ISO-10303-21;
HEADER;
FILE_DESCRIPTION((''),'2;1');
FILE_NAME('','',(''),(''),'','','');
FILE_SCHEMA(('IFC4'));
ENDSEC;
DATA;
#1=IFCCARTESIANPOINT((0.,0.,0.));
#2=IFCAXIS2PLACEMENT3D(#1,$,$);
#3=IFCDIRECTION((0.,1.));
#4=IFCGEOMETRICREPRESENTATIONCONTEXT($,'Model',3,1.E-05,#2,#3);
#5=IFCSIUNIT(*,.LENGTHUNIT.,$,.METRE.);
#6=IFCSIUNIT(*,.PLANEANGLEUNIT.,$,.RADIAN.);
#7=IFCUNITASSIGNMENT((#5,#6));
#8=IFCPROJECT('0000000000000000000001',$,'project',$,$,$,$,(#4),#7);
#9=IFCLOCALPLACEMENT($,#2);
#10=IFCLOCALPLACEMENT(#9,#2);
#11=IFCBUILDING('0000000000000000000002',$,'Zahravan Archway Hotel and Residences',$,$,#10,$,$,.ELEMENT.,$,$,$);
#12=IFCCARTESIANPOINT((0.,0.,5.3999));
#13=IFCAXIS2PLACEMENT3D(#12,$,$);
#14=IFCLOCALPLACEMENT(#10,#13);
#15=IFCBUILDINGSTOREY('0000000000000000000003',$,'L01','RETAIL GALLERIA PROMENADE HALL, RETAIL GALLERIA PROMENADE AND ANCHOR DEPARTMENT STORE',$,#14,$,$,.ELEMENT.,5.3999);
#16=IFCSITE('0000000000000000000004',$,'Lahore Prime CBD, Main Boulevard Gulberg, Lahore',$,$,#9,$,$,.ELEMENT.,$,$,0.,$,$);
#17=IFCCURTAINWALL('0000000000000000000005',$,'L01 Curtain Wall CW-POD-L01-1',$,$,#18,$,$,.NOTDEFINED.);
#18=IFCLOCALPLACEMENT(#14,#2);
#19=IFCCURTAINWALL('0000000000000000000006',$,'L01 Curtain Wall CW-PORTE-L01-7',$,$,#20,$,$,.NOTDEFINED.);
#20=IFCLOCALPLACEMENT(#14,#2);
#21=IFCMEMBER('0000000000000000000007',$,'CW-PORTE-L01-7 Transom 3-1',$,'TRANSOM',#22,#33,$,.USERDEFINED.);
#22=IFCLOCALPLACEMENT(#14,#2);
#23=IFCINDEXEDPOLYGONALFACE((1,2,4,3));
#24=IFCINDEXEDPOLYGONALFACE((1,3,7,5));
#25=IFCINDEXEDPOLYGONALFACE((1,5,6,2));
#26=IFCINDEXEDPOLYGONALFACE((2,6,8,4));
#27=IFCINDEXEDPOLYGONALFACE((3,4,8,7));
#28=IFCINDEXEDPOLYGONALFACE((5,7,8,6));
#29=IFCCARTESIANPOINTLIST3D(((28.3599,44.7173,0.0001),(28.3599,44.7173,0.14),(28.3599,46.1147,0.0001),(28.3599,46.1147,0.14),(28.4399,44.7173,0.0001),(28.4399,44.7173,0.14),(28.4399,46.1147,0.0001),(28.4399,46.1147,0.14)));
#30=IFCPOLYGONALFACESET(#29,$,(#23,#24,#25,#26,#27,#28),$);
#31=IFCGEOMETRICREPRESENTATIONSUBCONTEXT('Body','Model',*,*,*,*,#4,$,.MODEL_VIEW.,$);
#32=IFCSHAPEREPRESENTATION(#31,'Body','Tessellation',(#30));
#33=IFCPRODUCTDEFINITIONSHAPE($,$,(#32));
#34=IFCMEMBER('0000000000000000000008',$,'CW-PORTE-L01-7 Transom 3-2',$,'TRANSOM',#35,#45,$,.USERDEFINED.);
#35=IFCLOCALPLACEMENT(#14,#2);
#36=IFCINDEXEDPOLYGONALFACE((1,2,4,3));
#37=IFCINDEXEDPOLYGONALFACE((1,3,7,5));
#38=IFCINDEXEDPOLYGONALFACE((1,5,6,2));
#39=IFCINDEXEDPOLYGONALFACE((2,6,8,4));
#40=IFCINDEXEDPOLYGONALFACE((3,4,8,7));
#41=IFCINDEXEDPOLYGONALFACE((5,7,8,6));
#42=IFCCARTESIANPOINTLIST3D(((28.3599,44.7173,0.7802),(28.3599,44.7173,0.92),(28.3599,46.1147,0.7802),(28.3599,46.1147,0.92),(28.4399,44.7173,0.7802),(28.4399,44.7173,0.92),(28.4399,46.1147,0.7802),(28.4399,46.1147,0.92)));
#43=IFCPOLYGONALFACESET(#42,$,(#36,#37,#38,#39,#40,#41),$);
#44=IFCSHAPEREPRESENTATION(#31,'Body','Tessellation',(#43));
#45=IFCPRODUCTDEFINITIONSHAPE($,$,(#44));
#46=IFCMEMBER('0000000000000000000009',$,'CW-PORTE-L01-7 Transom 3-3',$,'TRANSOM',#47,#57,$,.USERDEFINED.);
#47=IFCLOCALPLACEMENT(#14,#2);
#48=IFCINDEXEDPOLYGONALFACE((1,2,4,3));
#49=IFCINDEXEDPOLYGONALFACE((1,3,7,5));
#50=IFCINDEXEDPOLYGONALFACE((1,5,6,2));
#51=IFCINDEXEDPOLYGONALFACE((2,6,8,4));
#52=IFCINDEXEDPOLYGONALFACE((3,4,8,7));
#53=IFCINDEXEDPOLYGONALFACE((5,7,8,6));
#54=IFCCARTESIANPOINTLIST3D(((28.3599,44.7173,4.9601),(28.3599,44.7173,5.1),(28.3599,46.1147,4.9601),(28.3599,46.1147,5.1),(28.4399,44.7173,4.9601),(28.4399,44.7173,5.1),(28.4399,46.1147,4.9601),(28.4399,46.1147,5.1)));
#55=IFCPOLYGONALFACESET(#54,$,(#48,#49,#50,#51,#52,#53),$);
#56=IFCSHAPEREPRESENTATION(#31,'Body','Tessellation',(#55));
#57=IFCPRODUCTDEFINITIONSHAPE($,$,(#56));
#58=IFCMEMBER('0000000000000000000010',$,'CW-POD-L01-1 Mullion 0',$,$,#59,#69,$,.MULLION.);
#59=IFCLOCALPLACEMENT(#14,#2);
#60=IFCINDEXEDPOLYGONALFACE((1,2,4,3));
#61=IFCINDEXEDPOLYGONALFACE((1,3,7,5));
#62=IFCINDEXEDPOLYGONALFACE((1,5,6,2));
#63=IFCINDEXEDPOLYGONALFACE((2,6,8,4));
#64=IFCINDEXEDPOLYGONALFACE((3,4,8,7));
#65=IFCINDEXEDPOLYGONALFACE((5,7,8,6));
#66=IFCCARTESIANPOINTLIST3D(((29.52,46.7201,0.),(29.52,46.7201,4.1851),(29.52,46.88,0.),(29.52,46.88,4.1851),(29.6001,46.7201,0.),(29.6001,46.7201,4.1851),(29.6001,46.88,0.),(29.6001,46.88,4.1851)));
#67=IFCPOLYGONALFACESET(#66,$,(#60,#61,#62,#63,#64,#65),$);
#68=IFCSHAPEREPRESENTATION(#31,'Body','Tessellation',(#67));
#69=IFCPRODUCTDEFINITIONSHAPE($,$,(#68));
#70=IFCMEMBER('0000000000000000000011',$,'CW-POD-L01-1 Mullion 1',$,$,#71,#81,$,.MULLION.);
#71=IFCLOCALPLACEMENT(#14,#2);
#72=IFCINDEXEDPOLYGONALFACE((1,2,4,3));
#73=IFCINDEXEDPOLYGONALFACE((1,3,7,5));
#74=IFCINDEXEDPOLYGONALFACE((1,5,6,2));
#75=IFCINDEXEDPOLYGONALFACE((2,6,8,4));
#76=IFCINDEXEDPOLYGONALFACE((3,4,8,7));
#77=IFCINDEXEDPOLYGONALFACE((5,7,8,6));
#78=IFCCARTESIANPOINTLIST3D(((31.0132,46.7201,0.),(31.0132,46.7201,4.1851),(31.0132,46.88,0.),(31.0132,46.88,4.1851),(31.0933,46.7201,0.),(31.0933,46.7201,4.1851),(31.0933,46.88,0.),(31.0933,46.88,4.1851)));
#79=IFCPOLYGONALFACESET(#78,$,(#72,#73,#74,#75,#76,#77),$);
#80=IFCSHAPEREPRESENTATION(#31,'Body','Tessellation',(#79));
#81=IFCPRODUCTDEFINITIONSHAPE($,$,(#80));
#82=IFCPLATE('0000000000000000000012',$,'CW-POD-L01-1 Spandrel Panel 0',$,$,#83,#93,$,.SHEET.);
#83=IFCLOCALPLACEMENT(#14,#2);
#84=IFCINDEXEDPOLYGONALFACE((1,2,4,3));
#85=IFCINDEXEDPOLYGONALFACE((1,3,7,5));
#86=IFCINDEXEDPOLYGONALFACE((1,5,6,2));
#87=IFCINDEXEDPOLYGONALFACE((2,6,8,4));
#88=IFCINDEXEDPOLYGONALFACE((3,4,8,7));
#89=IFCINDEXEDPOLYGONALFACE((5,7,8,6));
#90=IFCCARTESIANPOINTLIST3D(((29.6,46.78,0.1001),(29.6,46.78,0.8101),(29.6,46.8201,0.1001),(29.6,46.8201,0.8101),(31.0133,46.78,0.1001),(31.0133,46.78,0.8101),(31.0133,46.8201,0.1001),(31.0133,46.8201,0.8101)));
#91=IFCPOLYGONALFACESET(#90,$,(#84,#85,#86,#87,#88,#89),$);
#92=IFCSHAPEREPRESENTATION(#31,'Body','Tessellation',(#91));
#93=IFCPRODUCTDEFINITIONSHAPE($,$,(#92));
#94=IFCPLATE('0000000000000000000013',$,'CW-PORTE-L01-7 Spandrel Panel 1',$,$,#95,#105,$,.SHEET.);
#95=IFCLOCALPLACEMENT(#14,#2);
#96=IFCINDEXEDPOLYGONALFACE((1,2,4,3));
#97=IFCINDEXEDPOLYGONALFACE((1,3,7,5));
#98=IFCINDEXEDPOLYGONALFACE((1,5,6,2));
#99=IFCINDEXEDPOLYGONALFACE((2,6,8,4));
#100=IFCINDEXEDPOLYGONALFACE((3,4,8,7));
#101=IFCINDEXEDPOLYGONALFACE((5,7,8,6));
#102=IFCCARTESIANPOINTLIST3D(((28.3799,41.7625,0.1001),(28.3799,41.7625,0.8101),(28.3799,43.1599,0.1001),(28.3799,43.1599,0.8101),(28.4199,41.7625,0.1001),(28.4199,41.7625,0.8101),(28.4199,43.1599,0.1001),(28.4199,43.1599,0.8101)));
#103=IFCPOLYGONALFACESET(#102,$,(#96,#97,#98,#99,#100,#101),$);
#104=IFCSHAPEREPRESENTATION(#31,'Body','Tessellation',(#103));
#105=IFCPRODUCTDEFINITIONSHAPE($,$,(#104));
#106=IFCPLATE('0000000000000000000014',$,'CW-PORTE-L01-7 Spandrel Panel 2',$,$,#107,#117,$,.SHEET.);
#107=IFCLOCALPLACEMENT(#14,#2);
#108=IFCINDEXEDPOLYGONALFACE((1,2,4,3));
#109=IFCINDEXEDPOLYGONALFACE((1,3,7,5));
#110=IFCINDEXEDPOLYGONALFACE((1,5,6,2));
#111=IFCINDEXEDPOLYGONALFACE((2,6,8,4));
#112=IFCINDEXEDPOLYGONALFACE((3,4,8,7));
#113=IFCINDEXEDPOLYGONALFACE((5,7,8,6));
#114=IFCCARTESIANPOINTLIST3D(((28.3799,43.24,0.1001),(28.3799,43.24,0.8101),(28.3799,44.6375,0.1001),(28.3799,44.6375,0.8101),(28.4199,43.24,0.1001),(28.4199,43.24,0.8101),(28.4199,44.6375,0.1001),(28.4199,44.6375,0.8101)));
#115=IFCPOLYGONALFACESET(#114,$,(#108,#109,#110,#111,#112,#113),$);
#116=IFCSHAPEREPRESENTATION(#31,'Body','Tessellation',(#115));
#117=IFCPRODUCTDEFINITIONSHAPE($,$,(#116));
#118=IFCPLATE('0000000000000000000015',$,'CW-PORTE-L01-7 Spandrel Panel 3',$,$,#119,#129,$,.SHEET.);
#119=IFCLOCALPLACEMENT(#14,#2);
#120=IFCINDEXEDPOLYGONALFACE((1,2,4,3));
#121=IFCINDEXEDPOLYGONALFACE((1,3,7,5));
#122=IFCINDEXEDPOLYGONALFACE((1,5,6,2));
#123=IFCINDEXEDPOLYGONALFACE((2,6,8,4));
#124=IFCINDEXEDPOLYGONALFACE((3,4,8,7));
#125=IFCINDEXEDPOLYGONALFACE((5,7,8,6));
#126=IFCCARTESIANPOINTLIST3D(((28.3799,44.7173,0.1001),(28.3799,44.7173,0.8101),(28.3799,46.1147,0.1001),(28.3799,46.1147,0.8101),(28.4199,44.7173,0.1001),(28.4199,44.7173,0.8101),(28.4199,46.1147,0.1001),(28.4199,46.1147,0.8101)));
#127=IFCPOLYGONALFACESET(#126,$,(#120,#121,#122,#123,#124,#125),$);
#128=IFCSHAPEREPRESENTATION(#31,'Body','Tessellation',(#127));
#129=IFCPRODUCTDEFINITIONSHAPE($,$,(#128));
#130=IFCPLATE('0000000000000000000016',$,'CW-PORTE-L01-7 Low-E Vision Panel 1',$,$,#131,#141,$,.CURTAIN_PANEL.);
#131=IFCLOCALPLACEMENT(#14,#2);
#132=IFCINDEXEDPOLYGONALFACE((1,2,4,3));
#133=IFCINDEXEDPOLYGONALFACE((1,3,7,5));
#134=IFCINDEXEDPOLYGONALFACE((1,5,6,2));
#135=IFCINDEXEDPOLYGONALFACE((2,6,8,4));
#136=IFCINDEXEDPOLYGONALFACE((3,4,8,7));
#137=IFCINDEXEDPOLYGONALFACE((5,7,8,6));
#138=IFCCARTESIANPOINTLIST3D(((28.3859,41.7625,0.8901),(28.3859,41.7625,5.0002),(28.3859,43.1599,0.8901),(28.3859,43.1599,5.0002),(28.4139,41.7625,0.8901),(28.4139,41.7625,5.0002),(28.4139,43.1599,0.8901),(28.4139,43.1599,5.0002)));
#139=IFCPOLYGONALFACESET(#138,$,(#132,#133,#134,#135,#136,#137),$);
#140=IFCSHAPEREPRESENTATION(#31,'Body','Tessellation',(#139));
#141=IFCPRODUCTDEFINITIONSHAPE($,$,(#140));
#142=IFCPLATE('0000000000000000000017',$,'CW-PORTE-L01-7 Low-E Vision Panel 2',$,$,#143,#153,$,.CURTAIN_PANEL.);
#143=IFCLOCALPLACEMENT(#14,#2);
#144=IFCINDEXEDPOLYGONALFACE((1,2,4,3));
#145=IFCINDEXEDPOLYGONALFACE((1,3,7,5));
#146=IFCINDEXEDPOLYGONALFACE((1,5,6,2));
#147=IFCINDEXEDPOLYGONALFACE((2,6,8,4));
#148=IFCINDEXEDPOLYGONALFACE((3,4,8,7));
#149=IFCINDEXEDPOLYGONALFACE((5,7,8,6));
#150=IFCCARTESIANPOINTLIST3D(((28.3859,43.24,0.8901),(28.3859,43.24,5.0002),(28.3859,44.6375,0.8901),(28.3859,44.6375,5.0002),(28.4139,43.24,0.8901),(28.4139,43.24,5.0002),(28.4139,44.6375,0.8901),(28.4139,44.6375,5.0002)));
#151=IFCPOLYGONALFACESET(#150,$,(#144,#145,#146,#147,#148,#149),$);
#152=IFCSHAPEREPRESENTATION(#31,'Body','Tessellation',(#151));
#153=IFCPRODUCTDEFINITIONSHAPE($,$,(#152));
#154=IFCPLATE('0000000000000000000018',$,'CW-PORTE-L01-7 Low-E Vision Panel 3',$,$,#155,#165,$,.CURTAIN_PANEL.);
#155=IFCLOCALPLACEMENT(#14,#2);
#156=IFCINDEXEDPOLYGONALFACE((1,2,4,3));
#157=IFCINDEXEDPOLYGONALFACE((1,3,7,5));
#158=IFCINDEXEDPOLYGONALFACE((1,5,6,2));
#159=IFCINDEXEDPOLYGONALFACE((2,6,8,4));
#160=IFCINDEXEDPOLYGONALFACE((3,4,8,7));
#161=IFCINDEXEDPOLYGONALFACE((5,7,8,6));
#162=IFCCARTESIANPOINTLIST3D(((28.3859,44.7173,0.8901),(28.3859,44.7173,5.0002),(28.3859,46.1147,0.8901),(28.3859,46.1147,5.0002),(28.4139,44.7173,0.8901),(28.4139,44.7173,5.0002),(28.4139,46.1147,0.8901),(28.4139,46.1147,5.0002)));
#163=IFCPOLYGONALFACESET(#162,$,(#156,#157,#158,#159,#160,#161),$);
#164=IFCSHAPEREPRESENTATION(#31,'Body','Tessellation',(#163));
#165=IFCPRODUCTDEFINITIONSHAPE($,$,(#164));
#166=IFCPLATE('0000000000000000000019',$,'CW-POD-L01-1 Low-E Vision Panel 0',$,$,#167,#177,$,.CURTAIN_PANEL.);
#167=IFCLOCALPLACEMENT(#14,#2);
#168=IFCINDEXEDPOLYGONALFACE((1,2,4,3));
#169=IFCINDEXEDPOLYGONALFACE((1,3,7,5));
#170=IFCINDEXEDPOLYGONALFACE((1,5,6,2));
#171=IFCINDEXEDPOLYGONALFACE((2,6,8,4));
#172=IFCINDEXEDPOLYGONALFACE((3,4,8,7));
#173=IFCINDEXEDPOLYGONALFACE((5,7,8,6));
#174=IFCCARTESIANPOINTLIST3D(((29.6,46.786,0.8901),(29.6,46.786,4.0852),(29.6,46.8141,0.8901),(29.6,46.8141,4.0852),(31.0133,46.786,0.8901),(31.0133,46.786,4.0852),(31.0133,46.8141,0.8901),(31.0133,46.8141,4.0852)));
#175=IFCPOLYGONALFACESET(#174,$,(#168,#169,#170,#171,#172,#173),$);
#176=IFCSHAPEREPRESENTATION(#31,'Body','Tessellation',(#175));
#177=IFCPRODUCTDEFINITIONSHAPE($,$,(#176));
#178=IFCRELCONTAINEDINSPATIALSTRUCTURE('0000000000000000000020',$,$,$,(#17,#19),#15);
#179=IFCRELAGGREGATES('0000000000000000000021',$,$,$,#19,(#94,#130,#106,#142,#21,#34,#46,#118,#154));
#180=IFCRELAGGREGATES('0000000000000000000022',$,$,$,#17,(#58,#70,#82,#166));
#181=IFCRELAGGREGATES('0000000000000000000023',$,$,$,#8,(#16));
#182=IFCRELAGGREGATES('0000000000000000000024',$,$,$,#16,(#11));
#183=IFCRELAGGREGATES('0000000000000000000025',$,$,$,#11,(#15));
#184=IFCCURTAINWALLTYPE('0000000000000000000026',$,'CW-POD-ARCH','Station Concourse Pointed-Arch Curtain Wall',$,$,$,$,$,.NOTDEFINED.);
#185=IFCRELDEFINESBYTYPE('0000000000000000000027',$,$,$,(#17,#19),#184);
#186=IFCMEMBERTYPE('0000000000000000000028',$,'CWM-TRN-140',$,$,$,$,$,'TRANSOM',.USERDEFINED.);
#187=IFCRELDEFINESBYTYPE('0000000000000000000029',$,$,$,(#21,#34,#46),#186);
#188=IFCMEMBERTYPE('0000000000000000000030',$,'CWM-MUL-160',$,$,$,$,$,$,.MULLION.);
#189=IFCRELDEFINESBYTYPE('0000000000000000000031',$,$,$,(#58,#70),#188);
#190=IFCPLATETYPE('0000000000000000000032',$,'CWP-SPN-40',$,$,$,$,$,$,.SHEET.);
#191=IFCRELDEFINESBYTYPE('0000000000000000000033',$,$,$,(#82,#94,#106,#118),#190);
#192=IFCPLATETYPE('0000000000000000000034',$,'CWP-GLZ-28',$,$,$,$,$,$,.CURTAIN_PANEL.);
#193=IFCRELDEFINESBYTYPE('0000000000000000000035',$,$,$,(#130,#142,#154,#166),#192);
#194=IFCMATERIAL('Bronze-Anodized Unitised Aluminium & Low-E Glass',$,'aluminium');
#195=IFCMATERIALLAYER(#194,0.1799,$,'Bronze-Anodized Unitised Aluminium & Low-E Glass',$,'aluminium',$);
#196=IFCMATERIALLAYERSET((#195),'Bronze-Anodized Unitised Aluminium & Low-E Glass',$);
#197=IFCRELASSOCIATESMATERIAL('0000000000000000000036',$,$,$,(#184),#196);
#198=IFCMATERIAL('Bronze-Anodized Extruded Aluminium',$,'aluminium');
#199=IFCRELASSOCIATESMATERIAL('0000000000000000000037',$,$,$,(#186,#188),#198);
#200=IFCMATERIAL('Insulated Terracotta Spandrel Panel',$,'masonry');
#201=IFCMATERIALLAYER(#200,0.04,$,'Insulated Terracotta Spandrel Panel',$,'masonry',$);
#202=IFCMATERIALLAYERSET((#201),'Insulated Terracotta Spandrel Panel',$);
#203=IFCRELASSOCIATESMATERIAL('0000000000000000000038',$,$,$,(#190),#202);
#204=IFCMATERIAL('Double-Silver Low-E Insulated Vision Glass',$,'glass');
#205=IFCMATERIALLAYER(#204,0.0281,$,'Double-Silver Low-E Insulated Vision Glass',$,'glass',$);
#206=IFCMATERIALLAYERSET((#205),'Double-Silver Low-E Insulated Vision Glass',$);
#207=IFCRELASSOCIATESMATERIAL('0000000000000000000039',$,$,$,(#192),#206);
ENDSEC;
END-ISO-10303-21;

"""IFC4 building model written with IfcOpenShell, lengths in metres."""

from ifc_helpers import new_model, si_unit, direction, frame, origin, origin_2d, place, context, subcontext, project, spatial, rectangle, extrude, source, transform, mapped, material, layer, layer_set, material_profile, profile_set, type_object, type_shapes, element, aggregate, save


model = new_model("IFC4")

# Units and contexts
model_context = context("Model", 3, precision=1e-05, world=origin(), true_north=direction((0.0, 1.0)))
body_context = subcontext(model_context, "Body", "Model", "MODEL_VIEW")
ifc_project = project(units=[si_unit("LENGTHUNIT", "METRE"), si_unit("PLANEANGLEUNIT", "RADIAN")], contexts=[model_context])

# Site, building, storey
site_placement = place(None, origin())
site = spatial("IfcSite", under=ifc_project, at=site_placement, Name="Lahore Prime CBD, Main Boulevard Gulberg, Lahore", CompositionType="ELEMENT", RefElevation=0.0)
building_placement = place(site_placement, origin())
building = spatial("IfcBuilding", under=site, at=building_placement, Name="Zahravan Archway Hotel and Residences", CompositionType="ELEMENT")
storey_placement = place(building_placement, frame((0.0, 0.0, 5.3999)))
storey = spatial("IfcBuildingStorey", under=building, at=storey_placement, Name="L01", Description="RETAIL GALLERIA PROMENADE HALL, RETAIL GALLERIA PROMENADE AND ANCHOR DEPARTMENT STORE", CompositionType="ELEMENT", Elevation=5.3999)

# Curtain walls, members
ifc_material_1 = material(Name="Bronze-Anodized Unitised Aluminium & Low-E Glass", Category="aluminium")
ifc_layer_1 = layer(ifc_material_1, 0.1799, Name="Bronze-Anodized Unitised Aluminium & Low-E Glass", Category="aluminium")
ifc_layer_set_1 = layer_set([ifc_layer_1], Name="Bronze-Anodized Unitised Aluminium & Low-E Glass")
curtain_wall_type = type_object("IfcCurtainWallType", Name="CW-POD-ARCH", Description="Station Concourse Pointed-Arch Curtain Wall", PredefinedType="NOTDEFINED", material=ifc_layer_set_1)
curtain_wall_1_placement = place(storey_placement, origin())
curtain_wall_1 = element("IfcCurtainWall", 1, at=curtain_wall_1_placement, inside=storey, type_object=curtain_wall_type, Name="L01 Curtain Wall CW-POD-L01-1", PredefinedType="NOTDEFINED")
ifc_material_2 = material(Name="Bronze-Anodized Extruded Aluminium", Category="aluminium")
ifc_material_profile_1 = material_profile(ifc_material_2, rectangle(XDim=0.0801, YDim=0.1399, at=origin_2d()), Name="TRN 80x140", Category="aluminium")
ifc_profile_set_1 = profile_set([ifc_material_profile_1], Name="Bronze-Anodized Extruded Aluminium")
member_type_1 = type_object("IfcMemberType", Name="CWM-TRN-140", ElementType="TRANSOM", PredefinedType="USERDEFINED", material=ifc_profile_set_1)
curtain_wall_2_placement = place(storey_placement, origin())
curtain_wall_2 = element("IfcCurtainWall", 2, at=curtain_wall_2_placement, inside=storey, type_object=curtain_wall_type, Name="L01 Curtain Wall CW-PORTE-L01-7", PredefinedType="NOTDEFINED")
ifc_material_profile_2 = material_profile(ifc_material_2, rectangle(XDim=0.0801, YDim=0.1599, at=origin_2d()), Name="MUL 80x160", Category="aluminium")
ifc_profile_set_2 = profile_set([ifc_material_profile_2], Name="Bronze-Anodized Extruded Aluminium")
member_type_2 = type_object("IfcMemberType", Name="CWM-MUL-160", PredefinedType="MULLION", material=ifc_profile_set_2)
shared_shape_1 = source(origin(), body_context, "Body", "SweptSolid", [
    extrude(rectangle(XDim=0.0801, YDim=0.1399, at=origin_2d()), origin(), (0.0, 0.0, 1.0), 1.3975),
])
member_1_placement = place(storey_placement, frame((28.3999, 44.7173, 0.0701), z_axis=(0.0, 1.0, 0.0), x_axis=(-1.0, 0.0, 0.0)))
member_1 = element("IfcMember", 3, at=member_1_placement, type_object=member_type_1, Name="CW-PORTE-L01-7 Transom 3-1", ObjectType="TRANSOM", PredefinedType="USERDEFINED", context=body_context, shape_type="MappedRepresentation", body=[
    mapped(shared_shape_1, transform((0.0, 0.0, 0.0), scale=1.0)),
])
member_2_placement = place(storey_placement, frame((28.3999, 44.7173, 0.8501), z_axis=(0.0, 1.0, 0.0), x_axis=(-1.0, 0.0, 0.0)))
member_2 = element("IfcMember", 4, at=member_2_placement, type_object=member_type_1, Name="CW-PORTE-L01-7 Transom 3-2", ObjectType="TRANSOM", PredefinedType="USERDEFINED", context=body_context, shape_type="MappedRepresentation", body=[
    mapped(shared_shape_1, transform((0.0, 0.0, 0.0), scale=1.0)),
])
member_3_placement = place(storey_placement, frame((28.3999, 44.7173, 5.03), z_axis=(0.0, 1.0, 0.0), x_axis=(-1.0, 0.0, 0.0)))
member_3 = element("IfcMember", 5, at=member_3_placement, type_object=member_type_1, Name="CW-PORTE-L01-7 Transom 3-3", ObjectType="TRANSOM", PredefinedType="USERDEFINED", context=body_context, shape_type="MappedRepresentation", body=[
    mapped(shared_shape_1, transform((0.0, 0.0, 0.0), scale=1.0)),
])

# Members
shared_shape_2 = source(origin(), body_context, "Body", "SweptSolid", [
    extrude(rectangle(XDim=0.0801, YDim=0.1599, at=origin_2d()), origin(), (0.0, 0.0, 1.0), 4.1851),
])
member_4_placement = place(storey_placement, frame((29.5601, 46.8, 0.0), z_axis=(0.0, 0.0, 1.0), x_axis=(1.0, 0.0, 0.0)))
member_4 = element("IfcMember", 6, at=member_4_placement, type_object=member_type_2, Name="CW-POD-L01-1 Mullion 0", PredefinedType="MULLION", context=body_context, shape_type="MappedRepresentation", body=[
    mapped(shared_shape_2, transform((0.0, 0.0, 0.0), scale=1.0)),
])
member_5_placement = place(storey_placement, frame((31.0532, 46.8, 0.0), z_axis=(0.0, 0.0, 1.0), x_axis=(1.0, 0.0, 0.0)))
member_5 = element("IfcMember", 7, at=member_5_placement, type_object=member_type_2, Name="CW-POD-L01-1 Mullion 1", PredefinedType="MULLION", context=body_context, shape_type="MappedRepresentation", body=[
    mapped(shared_shape_2, transform((0.0, 0.0, 0.0), scale=1.0)),
])

# Plates
ifc_material_3 = material(Name="Insulated Terracotta Spandrel Panel", Category="masonry")
ifc_layer_2 = layer(ifc_material_3, 0.04, Name="Insulated Terracotta Spandrel Panel", Category="masonry")
ifc_layer_set_2 = layer_set([ifc_layer_2], Name="Insulated Terracotta Spandrel Panel")
plate_type_1 = type_object("IfcPlateType", Name="CWP-SPN-40", PredefinedType="SHEET", material=ifc_layer_set_2)
shared_shape_3 = source(origin(), body_context, "Body", "SweptSolid", [
    extrude(rectangle(XDim=1.4133, YDim=0.04, at=origin_2d()), origin(), (0.0, 0.0, 1.0), 0.71),
])
type_shapes(plate_type_1, [shared_shape_3])
plate_1_placement = place(storey_placement, frame((30.3066, 46.8, 0.1001), z_axis=(0.0, 0.0, 1.0), x_axis=(1.0, 0.0, 0.0)))
plate_1 = element("IfcPlate", 8, at=plate_1_placement, type_object=plate_type_1, Name="CW-POD-L01-1 Spandrel Panel 0", PredefinedType="SHEET", context=body_context, shape_type="MappedRepresentation", body=[
    mapped(shared_shape_3, transform((0.0, 0.0, 0.0), scale=1.0)),
])
shared_shape_4 = source(origin(), body_context, "Body", "SweptSolid", [
    extrude(rectangle(XDim=1.3975, YDim=0.04, at=origin_2d()), origin(), (0.0, 0.0, 1.0), 0.71),
])
plate_2_placement = place(storey_placement, frame((28.3999, 42.4612, 0.1001), z_axis=(0.0, 0.0, 1.0), x_axis=(0.0, 1.0, 0.0)))
plate_2 = element("IfcPlate", 9, at=plate_2_placement, type_object=plate_type_1, Name="CW-PORTE-L01-7 Spandrel Panel 1", PredefinedType="SHEET", context=body_context, shape_type="MappedRepresentation", body=[
    mapped(shared_shape_4, transform((0.0, 0.0, 0.0), scale=1.0)),
])
plate_3_placement = place(storey_placement, frame((28.3999, 43.9387, 0.1001), z_axis=(0.0, 0.0, 1.0), x_axis=(0.0, 1.0, 0.0)))
plate_3 = element("IfcPlate", 10, at=plate_3_placement, type_object=plate_type_1, Name="CW-PORTE-L01-7 Spandrel Panel 2", PredefinedType="SHEET", context=body_context, shape_type="MappedRepresentation", body=[
    mapped(shared_shape_4, transform((0.0, 0.0, 0.0), scale=1.0)),
])
plate_4_placement = place(storey_placement, frame((28.3999, 45.416, 0.1001), z_axis=(0.0, 0.0, 1.0), x_axis=(0.0, 1.0, 0.0)))
plate_4 = element("IfcPlate", 11, at=plate_4_placement, type_object=plate_type_1, Name="CW-PORTE-L01-7 Spandrel Panel 3", PredefinedType="SHEET", context=body_context, shape_type="MappedRepresentation", body=[
    mapped(shared_shape_4, transform((0.0, 0.0, 0.0), scale=1.0)),
])
ifc_material_4 = material(Name="Double-Silver Low-E Insulated Vision Glass", Category="glass")
ifc_layer_3 = layer(ifc_material_4, 0.0281, Name="Double-Silver Low-E Insulated Vision Glass", Category="glass")
ifc_layer_set_3 = layer_set([ifc_layer_3], Name="Double-Silver Low-E Insulated Vision Glass")
plate_type_2 = type_object("IfcPlateType", Name="CWP-GLZ-28", PredefinedType="CURTAIN_PANEL", material=ifc_layer_set_3)
shared_shape_5 = source(origin(), body_context, "Body", "SweptSolid", [
    extrude(rectangle(XDim=1.3975, YDim=0.0281, at=origin_2d()), origin(), (0.0, 0.0, 1.0), 4.1101),
])
plate_5_placement = place(storey_placement, frame((28.3999, 42.4612, 0.8901), z_axis=(0.0, 0.0, 1.0), x_axis=(0.0, 1.0, 0.0)))
plate_5 = element("IfcPlate", 12, at=plate_5_placement, type_object=plate_type_2, Name="CW-PORTE-L01-7 Low-E Vision Panel 1", PredefinedType="CURTAIN_PANEL", context=body_context, shape_type="MappedRepresentation", body=[
    mapped(shared_shape_5, transform((0.0, 0.0, 0.0), scale=1.0)),
])
plate_6_placement = place(storey_placement, frame((28.3999, 43.9387, 0.8901), z_axis=(0.0, 0.0, 1.0), x_axis=(0.0, 1.0, 0.0)))
plate_6 = element("IfcPlate", 13, at=plate_6_placement, type_object=plate_type_2, Name="CW-PORTE-L01-7 Low-E Vision Panel 2", PredefinedType="CURTAIN_PANEL", context=body_context, shape_type="MappedRepresentation", body=[
    mapped(shared_shape_5, transform((0.0, 0.0, 0.0), scale=1.0)),
])
plate_7_placement = place(storey_placement, frame((28.3999, 45.416, 0.8901), z_axis=(0.0, 0.0, 1.0), x_axis=(0.0, 1.0, 0.0)))
plate_7 = element("IfcPlate", 14, at=plate_7_placement, type_object=plate_type_2, Name="CW-PORTE-L01-7 Low-E Vision Panel 3", PredefinedType="CURTAIN_PANEL", context=body_context, shape_type="MappedRepresentation", body=[
    mapped(shared_shape_5, transform((0.0, 0.0, 0.0), scale=1.0)),
])
aggregate(curtain_wall_2, [plate_2, plate_5, plate_3, plate_6, member_1, member_2, member_3, plate_4, plate_7])
shared_shape_6 = source(origin(), body_context, "Body", "SweptSolid", [
    extrude(rectangle(XDim=1.4133, YDim=0.0281, at=origin_2d()), origin(), (0.0, 0.0, 1.0), 3.1951),
])
plate_8_placement = place(storey_placement, frame((30.3066, 46.8, 0.8901), z_axis=(0.0, 0.0, 1.0), x_axis=(1.0, 0.0, 0.0)))
plate_8 = element("IfcPlate", 15, at=plate_8_placement, type_object=plate_type_2, Name="CW-POD-L01-1 Low-E Vision Panel 0", PredefinedType="CURTAIN_PANEL", context=body_context, shape_type="MappedRepresentation", body=[
    mapped(shared_shape_6, transform((0.0, 0.0, 0.0), scale=1.0)),
])
aggregate(curtain_wall_1, [member_4, member_5, plate_1, plate_8])

save(model, "model.ifc")
